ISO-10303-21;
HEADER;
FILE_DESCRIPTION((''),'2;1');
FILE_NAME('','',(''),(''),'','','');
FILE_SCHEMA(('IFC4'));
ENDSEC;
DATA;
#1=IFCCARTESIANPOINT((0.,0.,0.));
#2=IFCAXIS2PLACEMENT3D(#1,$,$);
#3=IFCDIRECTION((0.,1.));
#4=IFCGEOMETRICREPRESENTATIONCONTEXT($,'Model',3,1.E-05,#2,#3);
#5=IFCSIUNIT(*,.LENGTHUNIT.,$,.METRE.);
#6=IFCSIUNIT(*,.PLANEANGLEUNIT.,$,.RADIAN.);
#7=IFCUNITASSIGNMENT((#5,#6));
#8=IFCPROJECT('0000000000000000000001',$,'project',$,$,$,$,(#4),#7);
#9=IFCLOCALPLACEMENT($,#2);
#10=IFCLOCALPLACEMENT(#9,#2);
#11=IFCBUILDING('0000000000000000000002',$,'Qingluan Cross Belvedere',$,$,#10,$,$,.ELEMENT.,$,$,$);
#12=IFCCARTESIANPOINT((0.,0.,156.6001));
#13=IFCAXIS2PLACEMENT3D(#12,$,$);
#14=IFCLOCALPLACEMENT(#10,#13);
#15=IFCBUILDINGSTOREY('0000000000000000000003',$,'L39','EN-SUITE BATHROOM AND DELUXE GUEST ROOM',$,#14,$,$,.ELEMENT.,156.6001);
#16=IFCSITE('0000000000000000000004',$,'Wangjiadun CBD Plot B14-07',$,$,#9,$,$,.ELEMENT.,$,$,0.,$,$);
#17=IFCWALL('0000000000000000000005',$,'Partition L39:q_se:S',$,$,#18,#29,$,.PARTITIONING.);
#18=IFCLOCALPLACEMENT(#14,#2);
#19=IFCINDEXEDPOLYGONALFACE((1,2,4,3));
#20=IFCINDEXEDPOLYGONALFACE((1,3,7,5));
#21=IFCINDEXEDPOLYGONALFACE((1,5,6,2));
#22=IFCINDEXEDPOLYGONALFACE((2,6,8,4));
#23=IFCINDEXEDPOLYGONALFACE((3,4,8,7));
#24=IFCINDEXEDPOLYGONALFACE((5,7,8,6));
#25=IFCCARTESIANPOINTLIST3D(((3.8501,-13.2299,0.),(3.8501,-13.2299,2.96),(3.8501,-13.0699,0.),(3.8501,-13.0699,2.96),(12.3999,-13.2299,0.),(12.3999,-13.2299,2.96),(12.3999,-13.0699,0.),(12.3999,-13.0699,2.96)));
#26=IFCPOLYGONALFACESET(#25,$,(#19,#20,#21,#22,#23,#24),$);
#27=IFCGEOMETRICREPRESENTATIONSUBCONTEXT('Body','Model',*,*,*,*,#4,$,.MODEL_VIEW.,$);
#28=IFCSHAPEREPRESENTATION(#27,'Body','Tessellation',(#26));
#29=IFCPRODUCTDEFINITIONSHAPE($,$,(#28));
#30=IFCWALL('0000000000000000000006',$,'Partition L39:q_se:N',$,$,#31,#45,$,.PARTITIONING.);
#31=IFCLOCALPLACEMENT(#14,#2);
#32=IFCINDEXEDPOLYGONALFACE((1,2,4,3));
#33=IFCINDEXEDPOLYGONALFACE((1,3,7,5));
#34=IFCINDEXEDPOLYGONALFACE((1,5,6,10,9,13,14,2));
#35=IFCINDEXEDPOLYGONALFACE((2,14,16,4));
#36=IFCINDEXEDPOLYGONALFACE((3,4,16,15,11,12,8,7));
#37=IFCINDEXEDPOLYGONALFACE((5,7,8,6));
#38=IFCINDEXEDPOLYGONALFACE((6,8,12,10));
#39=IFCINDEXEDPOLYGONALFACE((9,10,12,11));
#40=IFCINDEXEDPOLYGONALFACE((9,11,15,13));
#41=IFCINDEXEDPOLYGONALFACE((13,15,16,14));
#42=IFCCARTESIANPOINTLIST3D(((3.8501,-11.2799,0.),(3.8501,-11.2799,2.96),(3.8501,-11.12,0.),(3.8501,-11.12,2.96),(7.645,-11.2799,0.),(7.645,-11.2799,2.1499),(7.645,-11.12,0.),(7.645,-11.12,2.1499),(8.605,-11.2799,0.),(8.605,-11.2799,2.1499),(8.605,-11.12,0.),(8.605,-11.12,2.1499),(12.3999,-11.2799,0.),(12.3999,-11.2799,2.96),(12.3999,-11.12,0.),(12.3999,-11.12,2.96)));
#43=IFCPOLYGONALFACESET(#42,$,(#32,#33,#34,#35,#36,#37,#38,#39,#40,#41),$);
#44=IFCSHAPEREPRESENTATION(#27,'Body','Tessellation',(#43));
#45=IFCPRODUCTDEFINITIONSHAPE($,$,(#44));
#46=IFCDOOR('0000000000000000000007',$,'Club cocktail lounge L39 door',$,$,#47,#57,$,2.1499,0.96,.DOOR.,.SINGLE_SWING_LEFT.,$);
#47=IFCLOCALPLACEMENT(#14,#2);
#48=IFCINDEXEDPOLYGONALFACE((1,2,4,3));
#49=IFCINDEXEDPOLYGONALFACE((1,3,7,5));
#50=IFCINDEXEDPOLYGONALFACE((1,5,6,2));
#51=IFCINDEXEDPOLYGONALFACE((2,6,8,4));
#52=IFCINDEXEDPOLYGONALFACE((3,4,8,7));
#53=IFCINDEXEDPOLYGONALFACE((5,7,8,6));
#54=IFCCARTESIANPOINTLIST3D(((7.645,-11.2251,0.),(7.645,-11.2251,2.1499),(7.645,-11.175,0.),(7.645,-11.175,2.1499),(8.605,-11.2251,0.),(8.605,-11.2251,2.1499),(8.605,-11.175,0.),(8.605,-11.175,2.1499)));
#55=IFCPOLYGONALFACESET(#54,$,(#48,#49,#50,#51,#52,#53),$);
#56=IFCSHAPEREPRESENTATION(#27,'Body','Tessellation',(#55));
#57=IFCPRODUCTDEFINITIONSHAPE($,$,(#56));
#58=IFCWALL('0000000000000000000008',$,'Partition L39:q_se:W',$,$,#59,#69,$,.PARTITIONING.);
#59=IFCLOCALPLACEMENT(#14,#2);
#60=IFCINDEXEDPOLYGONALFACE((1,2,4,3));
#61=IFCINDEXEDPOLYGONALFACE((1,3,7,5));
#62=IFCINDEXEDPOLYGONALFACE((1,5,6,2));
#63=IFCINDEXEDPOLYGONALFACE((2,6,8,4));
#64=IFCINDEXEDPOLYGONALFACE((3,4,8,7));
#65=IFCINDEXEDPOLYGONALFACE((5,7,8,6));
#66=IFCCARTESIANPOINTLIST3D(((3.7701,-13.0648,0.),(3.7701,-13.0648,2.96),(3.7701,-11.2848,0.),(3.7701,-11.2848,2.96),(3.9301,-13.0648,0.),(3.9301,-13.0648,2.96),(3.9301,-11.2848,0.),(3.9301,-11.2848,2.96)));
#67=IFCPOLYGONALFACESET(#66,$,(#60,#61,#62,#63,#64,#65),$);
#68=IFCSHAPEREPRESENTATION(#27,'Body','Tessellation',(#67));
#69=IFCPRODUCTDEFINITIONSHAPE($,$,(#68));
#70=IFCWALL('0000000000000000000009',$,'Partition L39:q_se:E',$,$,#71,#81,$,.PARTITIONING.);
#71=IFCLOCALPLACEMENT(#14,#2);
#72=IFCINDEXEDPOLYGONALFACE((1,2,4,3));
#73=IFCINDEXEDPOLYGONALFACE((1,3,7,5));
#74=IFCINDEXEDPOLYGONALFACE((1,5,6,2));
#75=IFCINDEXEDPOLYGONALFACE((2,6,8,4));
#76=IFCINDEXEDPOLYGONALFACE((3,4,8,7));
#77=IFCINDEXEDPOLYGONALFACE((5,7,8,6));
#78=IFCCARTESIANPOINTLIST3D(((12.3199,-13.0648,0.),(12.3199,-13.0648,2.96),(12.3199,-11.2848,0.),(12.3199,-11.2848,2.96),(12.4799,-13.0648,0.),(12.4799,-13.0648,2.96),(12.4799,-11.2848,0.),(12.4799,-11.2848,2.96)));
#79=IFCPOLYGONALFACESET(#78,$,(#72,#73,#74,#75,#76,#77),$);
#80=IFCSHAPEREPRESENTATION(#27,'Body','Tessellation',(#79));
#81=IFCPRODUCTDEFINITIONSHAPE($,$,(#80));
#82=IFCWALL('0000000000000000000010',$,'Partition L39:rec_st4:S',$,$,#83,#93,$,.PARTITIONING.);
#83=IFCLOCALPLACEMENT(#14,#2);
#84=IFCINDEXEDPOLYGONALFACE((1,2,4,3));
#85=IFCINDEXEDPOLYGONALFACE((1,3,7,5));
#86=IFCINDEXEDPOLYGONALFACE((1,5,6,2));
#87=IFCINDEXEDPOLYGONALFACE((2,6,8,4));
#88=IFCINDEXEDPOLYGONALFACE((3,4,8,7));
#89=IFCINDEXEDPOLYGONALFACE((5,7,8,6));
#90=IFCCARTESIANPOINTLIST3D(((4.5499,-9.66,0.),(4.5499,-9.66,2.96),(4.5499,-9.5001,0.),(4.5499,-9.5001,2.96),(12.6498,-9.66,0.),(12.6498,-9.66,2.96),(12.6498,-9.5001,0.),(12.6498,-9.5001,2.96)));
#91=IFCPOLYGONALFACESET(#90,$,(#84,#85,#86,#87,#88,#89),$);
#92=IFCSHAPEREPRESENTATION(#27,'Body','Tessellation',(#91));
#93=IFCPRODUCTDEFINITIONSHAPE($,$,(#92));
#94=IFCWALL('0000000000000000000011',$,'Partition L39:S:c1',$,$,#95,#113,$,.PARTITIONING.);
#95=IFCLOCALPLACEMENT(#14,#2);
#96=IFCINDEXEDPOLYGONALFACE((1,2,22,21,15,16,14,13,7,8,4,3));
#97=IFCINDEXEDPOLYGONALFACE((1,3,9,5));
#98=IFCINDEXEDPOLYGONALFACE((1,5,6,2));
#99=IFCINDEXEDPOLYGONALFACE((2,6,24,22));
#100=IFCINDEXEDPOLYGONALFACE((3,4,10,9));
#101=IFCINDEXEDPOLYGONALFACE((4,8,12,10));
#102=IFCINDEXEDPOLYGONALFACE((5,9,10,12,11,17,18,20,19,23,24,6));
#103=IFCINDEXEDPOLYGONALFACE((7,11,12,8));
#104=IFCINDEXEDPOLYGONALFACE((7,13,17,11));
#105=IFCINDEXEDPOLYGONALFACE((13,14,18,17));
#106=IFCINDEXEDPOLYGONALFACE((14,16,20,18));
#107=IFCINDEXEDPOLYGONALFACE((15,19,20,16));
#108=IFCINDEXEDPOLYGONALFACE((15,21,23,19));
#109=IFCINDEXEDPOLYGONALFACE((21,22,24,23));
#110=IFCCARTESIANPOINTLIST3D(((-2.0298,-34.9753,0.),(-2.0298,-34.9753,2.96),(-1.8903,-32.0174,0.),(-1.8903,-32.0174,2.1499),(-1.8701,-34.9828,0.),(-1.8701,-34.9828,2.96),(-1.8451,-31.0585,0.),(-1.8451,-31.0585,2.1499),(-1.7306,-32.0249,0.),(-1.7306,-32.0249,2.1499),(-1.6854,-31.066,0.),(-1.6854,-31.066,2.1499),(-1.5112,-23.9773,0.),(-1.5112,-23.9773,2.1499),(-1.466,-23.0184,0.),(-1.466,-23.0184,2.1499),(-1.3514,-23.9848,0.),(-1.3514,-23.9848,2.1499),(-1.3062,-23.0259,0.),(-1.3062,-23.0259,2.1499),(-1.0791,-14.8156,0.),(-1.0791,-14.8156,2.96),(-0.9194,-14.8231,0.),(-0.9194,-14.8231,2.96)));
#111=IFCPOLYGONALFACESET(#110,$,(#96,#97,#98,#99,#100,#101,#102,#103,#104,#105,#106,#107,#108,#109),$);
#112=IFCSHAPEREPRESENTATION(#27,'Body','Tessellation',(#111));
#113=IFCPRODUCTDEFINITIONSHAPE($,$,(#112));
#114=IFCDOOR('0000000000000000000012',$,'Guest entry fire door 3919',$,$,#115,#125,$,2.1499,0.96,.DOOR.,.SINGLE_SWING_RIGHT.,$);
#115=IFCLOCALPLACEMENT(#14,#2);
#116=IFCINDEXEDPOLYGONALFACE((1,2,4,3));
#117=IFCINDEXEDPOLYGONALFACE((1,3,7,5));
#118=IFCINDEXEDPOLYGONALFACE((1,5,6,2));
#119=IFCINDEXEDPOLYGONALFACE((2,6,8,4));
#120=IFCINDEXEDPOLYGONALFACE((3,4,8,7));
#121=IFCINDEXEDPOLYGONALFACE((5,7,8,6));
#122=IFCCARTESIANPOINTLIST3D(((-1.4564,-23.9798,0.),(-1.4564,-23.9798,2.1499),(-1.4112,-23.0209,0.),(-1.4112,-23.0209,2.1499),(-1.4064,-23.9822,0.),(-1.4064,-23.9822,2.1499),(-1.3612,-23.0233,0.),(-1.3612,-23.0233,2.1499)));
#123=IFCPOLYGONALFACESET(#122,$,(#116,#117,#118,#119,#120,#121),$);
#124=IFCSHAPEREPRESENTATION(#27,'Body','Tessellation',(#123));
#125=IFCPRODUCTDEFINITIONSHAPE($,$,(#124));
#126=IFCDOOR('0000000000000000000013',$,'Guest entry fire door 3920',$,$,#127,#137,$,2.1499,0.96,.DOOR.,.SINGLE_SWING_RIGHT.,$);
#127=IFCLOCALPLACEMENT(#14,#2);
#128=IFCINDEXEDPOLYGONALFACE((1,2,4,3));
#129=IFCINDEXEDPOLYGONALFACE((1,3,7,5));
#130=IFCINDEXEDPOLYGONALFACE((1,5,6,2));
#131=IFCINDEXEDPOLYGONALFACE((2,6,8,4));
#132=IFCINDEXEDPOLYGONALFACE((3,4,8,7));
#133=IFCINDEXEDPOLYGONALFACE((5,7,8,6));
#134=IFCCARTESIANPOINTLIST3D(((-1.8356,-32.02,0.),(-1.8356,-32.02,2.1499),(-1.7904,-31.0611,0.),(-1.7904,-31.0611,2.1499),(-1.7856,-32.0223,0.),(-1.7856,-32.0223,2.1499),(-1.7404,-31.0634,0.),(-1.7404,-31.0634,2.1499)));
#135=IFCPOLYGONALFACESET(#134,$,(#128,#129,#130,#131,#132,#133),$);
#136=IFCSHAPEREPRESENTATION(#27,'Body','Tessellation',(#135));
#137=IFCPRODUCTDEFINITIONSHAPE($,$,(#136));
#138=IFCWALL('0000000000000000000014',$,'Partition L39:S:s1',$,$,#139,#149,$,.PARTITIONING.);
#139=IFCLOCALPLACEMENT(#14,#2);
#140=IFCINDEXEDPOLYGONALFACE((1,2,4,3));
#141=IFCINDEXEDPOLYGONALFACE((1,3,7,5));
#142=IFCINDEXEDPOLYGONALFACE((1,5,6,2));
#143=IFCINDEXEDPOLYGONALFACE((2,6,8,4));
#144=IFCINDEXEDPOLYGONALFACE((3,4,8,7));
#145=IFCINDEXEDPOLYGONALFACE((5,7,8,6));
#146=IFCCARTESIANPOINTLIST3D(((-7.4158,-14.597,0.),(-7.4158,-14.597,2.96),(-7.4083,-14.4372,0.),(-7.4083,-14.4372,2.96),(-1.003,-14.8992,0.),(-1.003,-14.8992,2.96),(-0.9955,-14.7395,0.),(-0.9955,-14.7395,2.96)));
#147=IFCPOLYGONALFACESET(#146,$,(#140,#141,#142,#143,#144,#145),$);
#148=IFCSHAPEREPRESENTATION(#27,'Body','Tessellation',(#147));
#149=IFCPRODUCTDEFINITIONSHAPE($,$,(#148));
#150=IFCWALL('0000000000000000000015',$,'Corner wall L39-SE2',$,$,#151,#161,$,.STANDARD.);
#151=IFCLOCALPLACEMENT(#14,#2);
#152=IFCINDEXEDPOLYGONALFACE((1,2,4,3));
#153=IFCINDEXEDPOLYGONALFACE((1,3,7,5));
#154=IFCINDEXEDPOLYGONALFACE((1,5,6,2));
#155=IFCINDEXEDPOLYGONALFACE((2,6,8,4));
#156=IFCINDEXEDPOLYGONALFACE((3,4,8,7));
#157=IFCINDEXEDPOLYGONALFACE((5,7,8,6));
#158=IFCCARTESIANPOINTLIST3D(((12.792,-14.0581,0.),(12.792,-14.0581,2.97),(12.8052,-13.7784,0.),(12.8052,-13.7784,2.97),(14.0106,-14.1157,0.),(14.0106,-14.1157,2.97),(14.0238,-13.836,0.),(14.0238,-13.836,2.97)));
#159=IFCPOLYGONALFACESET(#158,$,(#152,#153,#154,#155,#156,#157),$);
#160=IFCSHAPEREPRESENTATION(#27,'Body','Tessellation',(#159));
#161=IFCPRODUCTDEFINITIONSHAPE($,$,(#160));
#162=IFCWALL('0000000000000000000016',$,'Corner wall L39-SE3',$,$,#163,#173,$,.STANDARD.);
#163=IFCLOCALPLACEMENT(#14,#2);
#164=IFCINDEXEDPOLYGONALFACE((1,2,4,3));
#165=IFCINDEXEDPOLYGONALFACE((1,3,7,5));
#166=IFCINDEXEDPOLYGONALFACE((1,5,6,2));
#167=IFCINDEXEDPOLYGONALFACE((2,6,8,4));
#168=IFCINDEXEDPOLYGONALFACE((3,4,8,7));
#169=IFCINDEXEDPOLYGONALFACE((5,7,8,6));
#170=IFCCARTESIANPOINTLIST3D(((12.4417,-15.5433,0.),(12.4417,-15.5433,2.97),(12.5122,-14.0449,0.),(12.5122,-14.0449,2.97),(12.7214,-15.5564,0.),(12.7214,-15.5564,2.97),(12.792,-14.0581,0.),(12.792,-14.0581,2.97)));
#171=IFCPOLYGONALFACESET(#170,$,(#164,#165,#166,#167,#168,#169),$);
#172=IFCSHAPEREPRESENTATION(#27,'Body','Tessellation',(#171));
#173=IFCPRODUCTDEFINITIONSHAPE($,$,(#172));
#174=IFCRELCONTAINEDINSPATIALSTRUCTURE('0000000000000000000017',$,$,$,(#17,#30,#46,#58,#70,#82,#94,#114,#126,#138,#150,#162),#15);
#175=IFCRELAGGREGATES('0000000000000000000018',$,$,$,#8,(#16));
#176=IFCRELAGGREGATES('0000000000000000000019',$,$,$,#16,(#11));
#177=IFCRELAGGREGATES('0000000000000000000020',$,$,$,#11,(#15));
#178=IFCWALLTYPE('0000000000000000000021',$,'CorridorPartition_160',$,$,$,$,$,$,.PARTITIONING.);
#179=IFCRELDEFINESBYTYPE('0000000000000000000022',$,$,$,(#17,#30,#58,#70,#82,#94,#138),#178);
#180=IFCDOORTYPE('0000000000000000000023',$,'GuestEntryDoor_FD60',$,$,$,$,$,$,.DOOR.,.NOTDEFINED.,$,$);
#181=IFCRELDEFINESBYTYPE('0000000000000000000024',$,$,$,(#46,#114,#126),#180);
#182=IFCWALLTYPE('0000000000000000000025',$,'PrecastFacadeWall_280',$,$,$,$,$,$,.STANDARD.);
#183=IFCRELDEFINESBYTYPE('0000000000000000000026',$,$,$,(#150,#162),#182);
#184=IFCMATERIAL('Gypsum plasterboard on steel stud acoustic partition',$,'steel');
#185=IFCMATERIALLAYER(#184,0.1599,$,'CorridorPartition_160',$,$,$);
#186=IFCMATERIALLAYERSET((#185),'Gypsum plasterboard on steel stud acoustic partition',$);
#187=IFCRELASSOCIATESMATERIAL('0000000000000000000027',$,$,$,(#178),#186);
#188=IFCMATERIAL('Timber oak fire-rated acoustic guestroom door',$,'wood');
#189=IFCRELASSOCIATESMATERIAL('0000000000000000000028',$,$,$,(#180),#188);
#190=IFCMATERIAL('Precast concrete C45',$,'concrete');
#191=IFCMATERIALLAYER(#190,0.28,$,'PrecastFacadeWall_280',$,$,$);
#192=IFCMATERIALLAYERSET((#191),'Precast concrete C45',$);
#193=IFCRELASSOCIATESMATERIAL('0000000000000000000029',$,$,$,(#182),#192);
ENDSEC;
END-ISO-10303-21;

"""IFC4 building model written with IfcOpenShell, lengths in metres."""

from ifc_helpers import new_model, si_unit, direction, frame, frame_2d, origin, place, context, subcontext, project, spatial, rectangle, extrude, material, layer, layer_set, type_object, element, fill, save


model = new_model("IFC4")

# Units and contexts
model_context = context("Model", 3, precision=1e-05, world=origin(), true_north=direction((0.0, 1.0)))
body_context = subcontext(model_context, "Body", "Model", "MODEL_VIEW")
ifc_project = project(units=[si_unit("LENGTHUNIT", "METRE"), si_unit("PLANEANGLEUNIT", "RADIAN")], contexts=[model_context])

# Site, building, storey
site_placement = place(None, origin())
site = spatial("IfcSite", under=ifc_project, at=site_placement, Name="Wangjiadun CBD Plot B14-07", CompositionType="ELEMENT", RefElevation=0.0)
building_placement = place(site_placement, origin())
building = spatial("IfcBuilding", under=site, at=building_placement, Name="Qingluan Cross Belvedere", CompositionType="ELEMENT")
storey_placement = place(building_placement, frame((0.0, 0.0, 156.6001)))
storey = spatial("IfcBuildingStorey", under=building, at=storey_placement, Name="L39", Description="EN-SUITE BATHROOM AND DELUXE GUEST ROOM", CompositionType="ELEMENT", Elevation=156.6001)

# Wall
ifc_material_1 = material(Name="Gypsum plasterboard on steel stud acoustic partition", Category="steel")
ifc_layer_1 = layer(ifc_material_1, 0.1599, Name="CorridorPartition_160")
ifc_layer_set_1 = layer_set([ifc_layer_1], Name="Gypsum plasterboard on steel stud acoustic partition")
wall_type_1 = type_object("IfcWallType", Name="CorridorPartition_160", PredefinedType="PARTITIONING", material=ifc_layer_set_1)
wall_1_placement = place(storey_placement, frame((3.8501, -13.1499, 0.0), z_axis=(0.0, 0.0, 1.0), x_axis=(1.0, 0.0, 0.0)))
element("IfcWall", 1, at=wall_1_placement, inside=storey, type_object=wall_type_1, Name="Partition L39:q_se:S", PredefinedType="PARTITIONING", context=body_context, shape_type="SweptSolid", body=[
    extrude(rectangle(XDim=8.5498, YDim=0.1599, at=frame_2d((4.2749, 0.0))), origin(), (0.0, 0.0, 1.0), 2.96),
])

# Wall, opening, door
wall_2_placement = place(storey_placement, frame((3.8501, -11.2, 0.0), z_axis=(0.0, 0.0, 1.0), x_axis=(1.0, 0.0, 0.0)))
wall_2 = element("IfcWall", 2, at=wall_2_placement, inside=storey, type_object=wall_type_1, Name="Partition L39:q_se:N", PredefinedType="PARTITIONING", context=body_context, shape_type="SweptSolid", body=[
    extrude(rectangle(XDim=8.5498, YDim=0.1599, at=frame_2d((4.2749, 0.0))), origin(), (0.0, 0.0, 1.0), 2.96),
])
opening_1_placement = place(wall_2_placement, frame((3.7949, 0.0, 0.0)))
opening_1 = element("IfcOpeningElement", 3, at=opening_1_placement, cuts=wall_2, PredefinedType="OPENING", context=body_context, shape_type="SweptSolid", body=[
    extrude(rectangle(XDim=0.96, YDim=2.1499, at=frame_2d((0.48, 1.075))), frame((0.0, 0.0898, 0.0), z_axis=(0.0, -1.0, 0.0), x_axis=(1.0, 0.0, 0.0)), (0.0, 0.0, 1.0), 0.1799),
])
ifc_material_2 = material(Name="Timber oak fire-rated acoustic guestroom door", Category="wood")
door_type = type_object("IfcDoorType", Name="GuestEntryDoor_FD60", OperationType="NOTDEFINED", PredefinedType="DOOR", material=ifc_material_2)
door_1_placement = place(opening_1_placement, origin())
door_1 = element("IfcDoor", 4, at=door_1_placement, inside=storey, type_object=door_type, Name="Club cocktail lounge L39 door", OperationType="SINGLE_SWING_LEFT", OverallHeight=2.1499, OverallWidth=0.96, PredefinedType="DOOR", context=body_context, shape_type="SweptSolid", body=[
    extrude(rectangle(XDim=0.96, YDim=2.1499, at=frame_2d((0.48, 1.075))), frame((0.0, 0.0249, 0.0), z_axis=(0.0, -1.0, 0.0), x_axis=(1.0, 0.0, 0.0)), (0.0, 0.0, 1.0), 0.05),
])
fill(opening_1, door_1)

# Walls
for number, where, z_axis, x_axis, name in (
    (5, (3.8501, -13.0649, 0.0), (0.0, 0.0, 1.0), (0.0, 1.0, 0.0), "Partition L39:q_se:W"),
    (6, (12.3999, -13.0649, 0.0), (0.0, 0.0, 1.0), (0.0, 1.0, 0.0), "Partition L39:q_se:E"),
):
    element("IfcWall", number, at=place(storey_placement, frame(where, z_axis=z_axis, x_axis=x_axis)), inside=storey, type_object=wall_type_1, Name=name, PredefinedType="PARTITIONING", context=body_context, shape_type="SweptSolid", body=[
        extrude(rectangle(XDim=1.78, YDim=0.1599, at=frame_2d((0.8901, 0.0))), origin(), (0.0, 0.0, 1.0), 2.96),
    ])
wall_3_placement = place(storey_placement, frame((4.55, -9.5801, 0.0), z_axis=(0.0, 0.0, 1.0), x_axis=(1.0, 0.0, 0.0)))
element("IfcWall", 7, at=wall_3_placement, inside=storey, type_object=wall_type_1, Name="Partition L39:rec_st4:S", PredefinedType="PARTITIONING", context=body_context, shape_type="SweptSolid", body=[
    extrude(rectangle(XDim=8.0999, YDim=0.1599, at=frame_2d((4.0498, 0.0))), origin(), (0.0, 0.0, 1.0), 2.96),
])

# Wall, openings, doors
wall_4_placement = place(storey_placement, frame((-0.9993, -14.8193, 0.0), z_axis=(0.0, 0.0, 1.0), x_axis=(-0.047105, -0.99889, 0.0)))
wall_4 = element("IfcWall", 8, at=wall_4_placement, inside=storey, type_object=wall_type_1, Name="Partition L39:S:c1", PredefinedType="PARTITIONING", context=body_context, shape_type="SweptSolid", body=[
    extrude(rectangle(XDim=20.1821, YDim=0.1599, at=frame_2d((10.0911, 0.0))), origin(), (0.0, 0.0, 1.0), 2.96),
])
opening_2_placement = place(wall_4_placement, frame((8.2119, 0.0, 0.0)))
opening_2 = element("IfcOpeningElement", 9, at=opening_2_placement, cuts=wall_4, PredefinedType="OPENING", context=body_context, shape_type="SweptSolid", body=[
    extrude(rectangle(XDim=0.96, YDim=2.1499, at=frame_2d((0.48, 1.075))), frame((0.0, 0.0898, 0.0), z_axis=(0.0, -1.0, 0.0), x_axis=(1.0, 0.0, 0.0)), (0.0, 0.0, 1.0), 0.1799),
])
opening_3_placement = place(wall_4_placement, frame((16.261, 0.0, 0.0)))
opening_3 = element("IfcOpeningElement", 10, at=opening_3_placement, cuts=wall_4, PredefinedType="OPENING", context=body_context, shape_type="SweptSolid", body=[
    extrude(rectangle(XDim=0.96, YDim=2.1499, at=frame_2d((0.48, 1.075))), frame((0.0, 0.0898, 0.0), z_axis=(0.0, -1.0, 0.0), x_axis=(1.0, 0.0, 0.0)), (0.0, 0.0, 1.0), 0.1799),
])
door_2_placement = place(opening_2_placement, origin())
door_2 = element("IfcDoor", 11, at=door_2_placement, inside=storey, type_object=door_type, Name="Guest entry fire door 3919", OperationType="SINGLE_SWING_RIGHT", OverallHeight=2.1499, OverallWidth=0.96, PredefinedType="DOOR", context=body_context, shape_type="SweptSolid", body=[
    extrude(rectangle(XDim=0.96, YDim=2.1499, at=frame_2d((0.48, 1.075))), frame((0.0, 0.0249, 0.0), z_axis=(0.0, -1.0, 0.0), x_axis=(1.0, 0.0, 0.0)), (0.0, 0.0, 1.0), 0.05),
])
fill(opening_2, door_2)
door_3_placement = place(opening_3_placement, origin())
door_3 = element("IfcDoor", 12, at=door_3_placement, inside=storey, type_object=door_type, Name="Guest entry fire door 3920", OperationType="SINGLE_SWING_RIGHT", OverallHeight=2.1499, OverallWidth=0.96, PredefinedType="DOOR", context=body_context, shape_type="SweptSolid", body=[
    extrude(rectangle(XDim=0.96, YDim=2.1499, at=frame_2d((0.48, 1.075))), frame((0.0, 0.0249, 0.0), z_axis=(0.0, -1.0, 0.0), x_axis=(1.0, 0.0, 0.0)), (0.0, 0.0, 1.0), 0.05),
])
fill(opening_3, door_3)

# Walls
wall_5_placement = place(storey_placement, frame((-0.9993, -14.8193, 0.0), z_axis=(0.0, 0.0, 1.0), x_axis=(-0.998891, 0.047079, 0.0)))
element("IfcWall", 13, at=wall_5_placement, inside=storey, type_object=wall_type_1, Name="Partition L39:S:s1", PredefinedType="PARTITIONING", context=body_context, shape_type="SweptSolid", body=[
    extrude(rectangle(XDim=6.4199, YDim=0.1599, at=frame_2d((3.21, 0.0))), origin(), (0.0, 0.0, 1.0), 2.96),
])
ifc_material_3 = material(Name="Precast concrete C45", Category="concrete")
ifc_layer_2 = layer(ifc_material_3, 0.28, Name="PrecastFacadeWall_280")
ifc_layer_set_2 = layer_set([ifc_layer_2], Name="Precast concrete C45")
wall_type_2 = type_object("IfcWallType", Name="PrecastFacadeWall_280", PredefinedType="STANDARD", material=ifc_layer_set_2)
wall_6_placement = place(storey_placement, frame((14.0171, -13.9758, 0.0), z_axis=(0.0, 0.0, 1.0), x_axis=(-0.998884, 0.047232, 0.0)))
element("IfcWall", 14, at=wall_6_placement, inside=storey, type_object=wall_type_2, Name="Corner wall L39-SE2", PredefinedType="STANDARD", context=body_context, shape_type="SweptSolid", body=[
    extrude(rectangle(XDim=1.22, YDim=0.28, at=frame_2d((0.6099, 0.0))), origin(), (0.0, 0.0, 1.0), 2.97),
])
wall_7_placement = place(storey_placement, frame((12.6521, -14.0515, 0.0), z_axis=(0.0, 0.0, 1.0), x_axis=(-0.047039, -0.998893, 0.0)))
element("IfcWall", 15, at=wall_7_placement, inside=storey, type_object=wall_type_2, Name="Corner wall L39-SE3", PredefinedType="STANDARD", context=body_context, shape_type="SweptSolid", body=[
    extrude(rectangle(XDim=1.5, YDim=0.28, at=frame_2d((0.75, 0.0))), origin(), (0.0, 0.0, 1.0), 2.97),
])

save(model, "model.ifc")
